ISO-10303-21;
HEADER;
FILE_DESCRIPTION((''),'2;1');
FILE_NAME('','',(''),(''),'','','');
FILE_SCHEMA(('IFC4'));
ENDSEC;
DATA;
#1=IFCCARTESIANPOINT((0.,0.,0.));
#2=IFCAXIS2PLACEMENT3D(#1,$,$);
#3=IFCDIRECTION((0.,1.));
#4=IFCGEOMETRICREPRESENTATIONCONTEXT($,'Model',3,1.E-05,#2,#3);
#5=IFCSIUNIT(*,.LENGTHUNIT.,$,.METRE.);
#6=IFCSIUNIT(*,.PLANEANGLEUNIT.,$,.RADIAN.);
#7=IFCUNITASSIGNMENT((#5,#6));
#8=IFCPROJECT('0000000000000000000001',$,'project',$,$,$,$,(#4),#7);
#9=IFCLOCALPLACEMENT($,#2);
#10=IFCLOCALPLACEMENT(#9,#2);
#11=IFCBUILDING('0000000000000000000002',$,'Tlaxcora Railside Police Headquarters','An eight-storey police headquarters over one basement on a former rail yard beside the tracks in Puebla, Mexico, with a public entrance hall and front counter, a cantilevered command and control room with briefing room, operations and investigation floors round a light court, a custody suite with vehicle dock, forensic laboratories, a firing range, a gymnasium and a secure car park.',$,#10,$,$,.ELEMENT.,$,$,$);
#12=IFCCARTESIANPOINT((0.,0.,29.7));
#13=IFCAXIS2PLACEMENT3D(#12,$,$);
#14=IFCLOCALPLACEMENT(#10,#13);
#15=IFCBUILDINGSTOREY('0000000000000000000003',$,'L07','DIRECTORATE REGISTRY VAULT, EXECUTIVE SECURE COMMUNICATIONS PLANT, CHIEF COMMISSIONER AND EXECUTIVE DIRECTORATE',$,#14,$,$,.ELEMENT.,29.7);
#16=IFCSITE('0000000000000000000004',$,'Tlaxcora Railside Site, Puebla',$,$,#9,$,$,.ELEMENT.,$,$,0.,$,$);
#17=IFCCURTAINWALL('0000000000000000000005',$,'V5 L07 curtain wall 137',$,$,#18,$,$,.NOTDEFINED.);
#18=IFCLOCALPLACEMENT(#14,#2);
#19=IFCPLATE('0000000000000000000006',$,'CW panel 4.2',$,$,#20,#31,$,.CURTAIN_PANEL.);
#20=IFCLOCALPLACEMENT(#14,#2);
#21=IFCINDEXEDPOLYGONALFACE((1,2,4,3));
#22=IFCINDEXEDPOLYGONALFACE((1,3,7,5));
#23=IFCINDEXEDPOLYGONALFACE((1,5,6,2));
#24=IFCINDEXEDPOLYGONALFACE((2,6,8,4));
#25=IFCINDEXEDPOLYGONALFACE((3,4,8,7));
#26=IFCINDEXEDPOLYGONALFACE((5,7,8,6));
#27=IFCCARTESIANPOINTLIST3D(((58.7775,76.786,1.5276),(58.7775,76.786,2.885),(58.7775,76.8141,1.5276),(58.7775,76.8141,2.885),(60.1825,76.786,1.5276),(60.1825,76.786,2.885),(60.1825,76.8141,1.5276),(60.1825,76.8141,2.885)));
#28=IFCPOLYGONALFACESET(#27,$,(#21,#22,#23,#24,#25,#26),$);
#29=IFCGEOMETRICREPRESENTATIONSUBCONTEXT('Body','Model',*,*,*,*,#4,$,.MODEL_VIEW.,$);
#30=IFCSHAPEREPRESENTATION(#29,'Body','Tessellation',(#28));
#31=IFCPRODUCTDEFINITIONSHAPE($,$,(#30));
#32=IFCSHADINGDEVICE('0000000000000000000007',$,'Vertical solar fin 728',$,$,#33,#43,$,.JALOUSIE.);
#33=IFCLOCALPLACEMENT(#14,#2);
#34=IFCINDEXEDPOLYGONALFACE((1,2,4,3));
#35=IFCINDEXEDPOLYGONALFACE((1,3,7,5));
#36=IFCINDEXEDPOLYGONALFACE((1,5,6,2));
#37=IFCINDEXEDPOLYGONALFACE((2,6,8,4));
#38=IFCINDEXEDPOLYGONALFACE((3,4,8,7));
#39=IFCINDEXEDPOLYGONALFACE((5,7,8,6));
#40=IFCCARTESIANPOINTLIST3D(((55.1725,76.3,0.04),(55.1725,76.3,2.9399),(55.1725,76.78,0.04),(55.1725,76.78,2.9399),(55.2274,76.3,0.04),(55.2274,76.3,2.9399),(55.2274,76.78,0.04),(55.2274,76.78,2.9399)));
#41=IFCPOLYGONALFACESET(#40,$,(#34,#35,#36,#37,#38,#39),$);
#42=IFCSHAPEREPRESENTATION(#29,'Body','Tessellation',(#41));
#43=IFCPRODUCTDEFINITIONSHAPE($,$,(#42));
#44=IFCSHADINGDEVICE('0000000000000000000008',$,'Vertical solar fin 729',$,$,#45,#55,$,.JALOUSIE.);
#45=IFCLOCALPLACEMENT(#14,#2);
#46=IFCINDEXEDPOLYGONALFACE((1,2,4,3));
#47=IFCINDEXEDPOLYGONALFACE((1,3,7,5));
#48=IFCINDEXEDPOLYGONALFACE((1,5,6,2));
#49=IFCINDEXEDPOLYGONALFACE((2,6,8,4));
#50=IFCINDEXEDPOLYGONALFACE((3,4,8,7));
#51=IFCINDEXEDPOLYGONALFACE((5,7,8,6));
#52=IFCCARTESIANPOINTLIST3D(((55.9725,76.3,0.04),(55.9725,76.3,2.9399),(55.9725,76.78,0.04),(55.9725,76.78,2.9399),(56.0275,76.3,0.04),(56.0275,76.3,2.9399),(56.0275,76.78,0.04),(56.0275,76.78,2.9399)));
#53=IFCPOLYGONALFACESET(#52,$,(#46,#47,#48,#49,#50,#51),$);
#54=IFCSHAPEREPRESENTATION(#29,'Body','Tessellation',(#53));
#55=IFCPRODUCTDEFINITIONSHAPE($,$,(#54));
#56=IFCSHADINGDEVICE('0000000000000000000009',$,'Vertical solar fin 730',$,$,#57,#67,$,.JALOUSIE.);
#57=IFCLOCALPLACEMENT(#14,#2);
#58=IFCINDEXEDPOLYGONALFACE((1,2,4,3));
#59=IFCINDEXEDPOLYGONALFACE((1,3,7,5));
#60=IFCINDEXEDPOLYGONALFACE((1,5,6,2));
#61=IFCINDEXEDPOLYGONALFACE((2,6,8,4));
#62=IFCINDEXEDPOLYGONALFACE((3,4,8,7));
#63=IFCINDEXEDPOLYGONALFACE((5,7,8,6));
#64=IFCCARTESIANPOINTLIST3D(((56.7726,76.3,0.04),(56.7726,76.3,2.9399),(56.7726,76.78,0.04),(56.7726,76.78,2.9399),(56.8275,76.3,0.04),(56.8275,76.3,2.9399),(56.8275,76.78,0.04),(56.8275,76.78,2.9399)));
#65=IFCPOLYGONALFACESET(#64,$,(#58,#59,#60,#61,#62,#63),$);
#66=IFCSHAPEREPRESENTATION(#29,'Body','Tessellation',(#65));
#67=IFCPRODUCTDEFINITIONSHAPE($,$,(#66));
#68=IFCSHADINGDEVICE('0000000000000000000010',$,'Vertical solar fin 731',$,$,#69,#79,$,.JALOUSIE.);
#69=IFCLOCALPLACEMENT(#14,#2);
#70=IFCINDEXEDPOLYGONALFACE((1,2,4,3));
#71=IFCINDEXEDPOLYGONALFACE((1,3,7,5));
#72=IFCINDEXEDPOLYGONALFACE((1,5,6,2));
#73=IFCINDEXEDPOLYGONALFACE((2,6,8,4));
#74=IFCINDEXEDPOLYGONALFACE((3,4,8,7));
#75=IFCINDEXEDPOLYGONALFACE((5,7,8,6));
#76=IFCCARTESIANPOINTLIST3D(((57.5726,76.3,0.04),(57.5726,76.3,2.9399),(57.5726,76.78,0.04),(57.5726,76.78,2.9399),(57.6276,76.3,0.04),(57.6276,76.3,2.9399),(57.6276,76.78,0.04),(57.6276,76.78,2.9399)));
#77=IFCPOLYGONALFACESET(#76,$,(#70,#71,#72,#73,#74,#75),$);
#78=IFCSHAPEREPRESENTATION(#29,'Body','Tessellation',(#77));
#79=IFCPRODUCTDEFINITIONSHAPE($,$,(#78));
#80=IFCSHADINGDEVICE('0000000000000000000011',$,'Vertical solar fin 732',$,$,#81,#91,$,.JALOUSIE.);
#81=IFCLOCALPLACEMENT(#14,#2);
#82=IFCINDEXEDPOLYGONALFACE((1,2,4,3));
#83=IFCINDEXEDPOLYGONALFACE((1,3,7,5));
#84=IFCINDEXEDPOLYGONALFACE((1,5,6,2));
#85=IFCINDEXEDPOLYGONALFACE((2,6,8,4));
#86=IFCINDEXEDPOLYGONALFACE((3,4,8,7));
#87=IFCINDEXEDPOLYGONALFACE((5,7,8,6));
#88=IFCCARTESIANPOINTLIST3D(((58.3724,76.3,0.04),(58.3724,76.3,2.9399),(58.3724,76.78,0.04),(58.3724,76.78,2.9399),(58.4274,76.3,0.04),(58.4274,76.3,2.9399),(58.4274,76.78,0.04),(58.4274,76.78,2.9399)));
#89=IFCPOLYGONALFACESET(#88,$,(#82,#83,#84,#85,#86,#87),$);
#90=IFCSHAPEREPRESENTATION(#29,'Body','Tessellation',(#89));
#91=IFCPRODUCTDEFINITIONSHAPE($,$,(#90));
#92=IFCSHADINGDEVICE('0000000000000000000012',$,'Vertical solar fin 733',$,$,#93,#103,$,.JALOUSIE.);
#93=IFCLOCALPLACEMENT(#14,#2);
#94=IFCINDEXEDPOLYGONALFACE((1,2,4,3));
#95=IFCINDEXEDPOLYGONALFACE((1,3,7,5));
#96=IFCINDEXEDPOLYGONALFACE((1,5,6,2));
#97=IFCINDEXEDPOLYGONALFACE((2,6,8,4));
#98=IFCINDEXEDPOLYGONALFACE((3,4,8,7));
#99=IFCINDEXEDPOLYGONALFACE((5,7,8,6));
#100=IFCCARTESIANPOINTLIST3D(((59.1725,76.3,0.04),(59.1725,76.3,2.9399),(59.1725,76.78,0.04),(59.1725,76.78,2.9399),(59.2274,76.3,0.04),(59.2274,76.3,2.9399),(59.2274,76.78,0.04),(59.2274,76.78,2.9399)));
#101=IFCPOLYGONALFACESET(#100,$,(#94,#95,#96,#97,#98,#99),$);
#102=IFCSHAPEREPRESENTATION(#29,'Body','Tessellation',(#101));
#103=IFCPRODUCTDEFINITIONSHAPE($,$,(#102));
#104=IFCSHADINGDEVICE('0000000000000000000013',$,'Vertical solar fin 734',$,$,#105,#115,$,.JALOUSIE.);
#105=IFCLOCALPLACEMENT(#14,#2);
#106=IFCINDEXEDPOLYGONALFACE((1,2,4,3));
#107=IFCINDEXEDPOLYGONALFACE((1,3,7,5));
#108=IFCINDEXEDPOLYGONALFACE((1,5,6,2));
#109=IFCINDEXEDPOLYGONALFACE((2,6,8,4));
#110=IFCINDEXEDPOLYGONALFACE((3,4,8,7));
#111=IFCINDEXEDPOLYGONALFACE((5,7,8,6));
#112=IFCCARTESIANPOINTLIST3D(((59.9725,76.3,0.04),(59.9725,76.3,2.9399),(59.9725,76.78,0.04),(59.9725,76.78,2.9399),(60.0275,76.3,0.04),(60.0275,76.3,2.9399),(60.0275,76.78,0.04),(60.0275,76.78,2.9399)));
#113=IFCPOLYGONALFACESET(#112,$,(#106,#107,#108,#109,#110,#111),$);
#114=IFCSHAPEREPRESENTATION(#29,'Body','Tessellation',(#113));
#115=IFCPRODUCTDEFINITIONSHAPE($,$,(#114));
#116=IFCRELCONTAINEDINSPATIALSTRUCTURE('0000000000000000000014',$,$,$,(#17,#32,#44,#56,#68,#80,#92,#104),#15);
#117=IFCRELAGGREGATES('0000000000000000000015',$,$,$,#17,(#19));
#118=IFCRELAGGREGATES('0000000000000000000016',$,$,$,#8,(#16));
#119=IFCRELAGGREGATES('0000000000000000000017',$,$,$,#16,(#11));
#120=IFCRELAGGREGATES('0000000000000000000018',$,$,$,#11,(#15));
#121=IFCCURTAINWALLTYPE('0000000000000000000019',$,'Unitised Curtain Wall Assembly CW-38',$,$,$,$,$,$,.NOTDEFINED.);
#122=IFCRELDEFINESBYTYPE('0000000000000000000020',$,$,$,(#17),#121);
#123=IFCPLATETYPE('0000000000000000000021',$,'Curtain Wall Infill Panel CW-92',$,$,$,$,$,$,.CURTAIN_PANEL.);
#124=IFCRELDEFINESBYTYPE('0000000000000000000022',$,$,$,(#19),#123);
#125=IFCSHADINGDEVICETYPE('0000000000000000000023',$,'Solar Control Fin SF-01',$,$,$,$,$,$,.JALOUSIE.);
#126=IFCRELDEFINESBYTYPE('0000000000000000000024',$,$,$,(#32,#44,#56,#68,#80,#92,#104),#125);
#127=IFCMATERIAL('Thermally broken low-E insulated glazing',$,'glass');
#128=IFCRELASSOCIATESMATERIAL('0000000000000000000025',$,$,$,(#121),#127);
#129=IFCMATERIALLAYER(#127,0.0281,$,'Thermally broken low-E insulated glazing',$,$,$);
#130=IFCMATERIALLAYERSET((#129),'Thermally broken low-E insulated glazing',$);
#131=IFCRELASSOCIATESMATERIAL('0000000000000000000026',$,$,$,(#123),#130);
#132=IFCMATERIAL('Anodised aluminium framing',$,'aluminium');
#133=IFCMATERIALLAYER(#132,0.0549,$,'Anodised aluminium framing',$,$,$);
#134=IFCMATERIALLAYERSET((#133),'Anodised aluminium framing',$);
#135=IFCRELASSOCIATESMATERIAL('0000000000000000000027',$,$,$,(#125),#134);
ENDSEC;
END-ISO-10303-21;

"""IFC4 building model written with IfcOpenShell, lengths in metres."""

from ifc_helpers import new_model, si_unit, direction, frame, origin, origin_2d, place, context, subcontext, project, spatial, rectangle, extrude, material, layer, layer_set, type_object, element, aggregate, save


model = new_model("IFC4")

# Units and contexts
model_context = context("Model", 3, precision=1e-05, world=origin(), true_north=direction((0.0, 1.0)))
body_context = subcontext(model_context, "Body", "Model", "MODEL_VIEW")
ifc_project = project(units=[si_unit("LENGTHUNIT", "METRE"), si_unit("PLANEANGLEUNIT", "RADIAN")], contexts=[model_context])

# Site, building, storey
site_placement = place(None, origin())
site = spatial("IfcSite", under=ifc_project, at=site_placement, Name="Tlaxcora Railside Site, Puebla", CompositionType="ELEMENT", RefElevation=0.0)
building_placement = place(site_placement, origin())
building = spatial("IfcBuilding", under=site, at=building_placement, Name="Tlaxcora Railside Police Headquarters", Description="An eight-storey police headquarters over one basement on a former rail yard beside the tracks in Puebla, Mexico, with a public entrance hall and front counter, a cantilevered command and control room with briefing room, operations and investigation floors round a light court, a custody suite with vehicle dock, forensic laboratories, a firing range, a gymnasium and a secure car park.", CompositionType="ELEMENT")
storey_placement = place(building_placement, frame((0.0, 0.0, 29.7)))
storey = spatial("IfcBuildingStorey", under=building, at=storey_placement, Name="L07", Description="DIRECTORATE REGISTRY VAULT, EXECUTIVE SECURE COMMUNICATIONS PLANT, CHIEF COMMISSIONER AND EXECUTIVE DIRECTORATE", CompositionType="ELEMENT", Elevation=29.7)

# Shared definitions
ifc_material_1 = material(Name="Thermally broken low-E insulated glazing", Category="glass")
ifc_material_2 = material(Name="Anodised aluminium framing", Category="aluminium")

# Curtain wall
curtain_wall_type_1 = type_object("IfcCurtainWallType", Name="Unitised Curtain Wall Assembly CW-38", PredefinedType="NOTDEFINED", material=ifc_material_1)
curtain_wall_1_placement = place(storey_placement, origin())
curtain_wall_1 = element("IfcCurtainWall", 1, at=curtain_wall_1_placement, inside=storey, type_object=curtain_wall_type_1, Name="V5 L07 curtain wall 137", PredefinedType="NOTDEFINED")

# Plate
ifc_layer_1 = layer(ifc_material_1, 0.0281, Name="Thermally broken low-E insulated glazing")
ifc_layer_set_1 = layer_set([ifc_layer_1], Name="Thermally broken low-E insulated glazing")
plate_type = type_object("IfcPlateType", Name="Curtain Wall Infill Panel CW-92", PredefinedType="CURTAIN_PANEL", material=ifc_layer_set_1)
plate_1_placement = place(storey_placement, frame((59.48, 76.8, 1.5276), z_axis=(0.0, 0.0, 1.0), x_axis=(1.0, 0.0, 0.0)))
plate_1 = element("IfcPlate", 2, at=plate_1_placement, type_object=plate_type, Name="CW panel 4.2", PredefinedType="CURTAIN_PANEL", context=body_context, shape_type="SweptSolid", body=[
    extrude(rectangle(XDim=1.405, YDim=0.0281, at=origin_2d()), origin(), (0.0, 0.0, 1.0), 1.3574),
])
aggregate(curtain_wall_1, [plate_1])

# Shading devices
ifc_layer_2 = layer(ifc_material_2, 0.0549, Name="Anodised aluminium framing")
ifc_layer_set_2 = layer_set([ifc_layer_2], Name="Anodised aluminium framing")
shading_device_type = type_object("IfcShadingDeviceType", Name="Solar Control Fin SF-01", PredefinedType="JALOUSIE", material=ifc_layer_set_2)
for number, where, z_axis, x_axis, name in (
    (3, (55.2, 76.54, 0.04), (0.0, 0.0, 1.0), (0.0, -1.0, 0.0), "Vertical solar fin 728"),
    (4, (56.0, 76.54, 0.04), (0.0, 0.0, 1.0), (0.0, -1.0, 0.0), "Vertical solar fin 729"),
    (5, (56.8, 76.54, 0.04), (0.0, 0.0, 1.0), (0.0, -1.0, 0.0), "Vertical solar fin 730"),
    (6, (57.6001, 76.54, 0.04), (0.0, 0.0, 1.0), (0.0, -1.0, 0.0), "Vertical solar fin 731"),
    (7, (58.3999, 76.54, 0.04), (0.0, 0.0, 1.0), (0.0, -1.0, 0.0), "Vertical solar fin 732"),
    (8, (59.2, 76.54, 0.04), (0.0, 0.0, 1.0), (0.0, -1.0, 0.0), "Vertical solar fin 733"),
    (9, (60.0, 76.54, 0.04), (0.0, 0.0, 1.0), (0.0, -1.0, 0.0), "Vertical solar fin 734"),
):
    element("IfcShadingDevice", number, at=place(storey_placement, frame(where, z_axis=z_axis, x_axis=x_axis)), inside=storey, type_object=shading_device_type, Name=name, PredefinedType="JALOUSIE", context=body_context, shape_type="SweptSolid", body=[
        extrude(rectangle(XDim=0.48, YDim=0.0549, at=origin_2d()), origin(), (0.0, 0.0, 1.0), 2.8999),
    ])

save(model, "model.ifc")
